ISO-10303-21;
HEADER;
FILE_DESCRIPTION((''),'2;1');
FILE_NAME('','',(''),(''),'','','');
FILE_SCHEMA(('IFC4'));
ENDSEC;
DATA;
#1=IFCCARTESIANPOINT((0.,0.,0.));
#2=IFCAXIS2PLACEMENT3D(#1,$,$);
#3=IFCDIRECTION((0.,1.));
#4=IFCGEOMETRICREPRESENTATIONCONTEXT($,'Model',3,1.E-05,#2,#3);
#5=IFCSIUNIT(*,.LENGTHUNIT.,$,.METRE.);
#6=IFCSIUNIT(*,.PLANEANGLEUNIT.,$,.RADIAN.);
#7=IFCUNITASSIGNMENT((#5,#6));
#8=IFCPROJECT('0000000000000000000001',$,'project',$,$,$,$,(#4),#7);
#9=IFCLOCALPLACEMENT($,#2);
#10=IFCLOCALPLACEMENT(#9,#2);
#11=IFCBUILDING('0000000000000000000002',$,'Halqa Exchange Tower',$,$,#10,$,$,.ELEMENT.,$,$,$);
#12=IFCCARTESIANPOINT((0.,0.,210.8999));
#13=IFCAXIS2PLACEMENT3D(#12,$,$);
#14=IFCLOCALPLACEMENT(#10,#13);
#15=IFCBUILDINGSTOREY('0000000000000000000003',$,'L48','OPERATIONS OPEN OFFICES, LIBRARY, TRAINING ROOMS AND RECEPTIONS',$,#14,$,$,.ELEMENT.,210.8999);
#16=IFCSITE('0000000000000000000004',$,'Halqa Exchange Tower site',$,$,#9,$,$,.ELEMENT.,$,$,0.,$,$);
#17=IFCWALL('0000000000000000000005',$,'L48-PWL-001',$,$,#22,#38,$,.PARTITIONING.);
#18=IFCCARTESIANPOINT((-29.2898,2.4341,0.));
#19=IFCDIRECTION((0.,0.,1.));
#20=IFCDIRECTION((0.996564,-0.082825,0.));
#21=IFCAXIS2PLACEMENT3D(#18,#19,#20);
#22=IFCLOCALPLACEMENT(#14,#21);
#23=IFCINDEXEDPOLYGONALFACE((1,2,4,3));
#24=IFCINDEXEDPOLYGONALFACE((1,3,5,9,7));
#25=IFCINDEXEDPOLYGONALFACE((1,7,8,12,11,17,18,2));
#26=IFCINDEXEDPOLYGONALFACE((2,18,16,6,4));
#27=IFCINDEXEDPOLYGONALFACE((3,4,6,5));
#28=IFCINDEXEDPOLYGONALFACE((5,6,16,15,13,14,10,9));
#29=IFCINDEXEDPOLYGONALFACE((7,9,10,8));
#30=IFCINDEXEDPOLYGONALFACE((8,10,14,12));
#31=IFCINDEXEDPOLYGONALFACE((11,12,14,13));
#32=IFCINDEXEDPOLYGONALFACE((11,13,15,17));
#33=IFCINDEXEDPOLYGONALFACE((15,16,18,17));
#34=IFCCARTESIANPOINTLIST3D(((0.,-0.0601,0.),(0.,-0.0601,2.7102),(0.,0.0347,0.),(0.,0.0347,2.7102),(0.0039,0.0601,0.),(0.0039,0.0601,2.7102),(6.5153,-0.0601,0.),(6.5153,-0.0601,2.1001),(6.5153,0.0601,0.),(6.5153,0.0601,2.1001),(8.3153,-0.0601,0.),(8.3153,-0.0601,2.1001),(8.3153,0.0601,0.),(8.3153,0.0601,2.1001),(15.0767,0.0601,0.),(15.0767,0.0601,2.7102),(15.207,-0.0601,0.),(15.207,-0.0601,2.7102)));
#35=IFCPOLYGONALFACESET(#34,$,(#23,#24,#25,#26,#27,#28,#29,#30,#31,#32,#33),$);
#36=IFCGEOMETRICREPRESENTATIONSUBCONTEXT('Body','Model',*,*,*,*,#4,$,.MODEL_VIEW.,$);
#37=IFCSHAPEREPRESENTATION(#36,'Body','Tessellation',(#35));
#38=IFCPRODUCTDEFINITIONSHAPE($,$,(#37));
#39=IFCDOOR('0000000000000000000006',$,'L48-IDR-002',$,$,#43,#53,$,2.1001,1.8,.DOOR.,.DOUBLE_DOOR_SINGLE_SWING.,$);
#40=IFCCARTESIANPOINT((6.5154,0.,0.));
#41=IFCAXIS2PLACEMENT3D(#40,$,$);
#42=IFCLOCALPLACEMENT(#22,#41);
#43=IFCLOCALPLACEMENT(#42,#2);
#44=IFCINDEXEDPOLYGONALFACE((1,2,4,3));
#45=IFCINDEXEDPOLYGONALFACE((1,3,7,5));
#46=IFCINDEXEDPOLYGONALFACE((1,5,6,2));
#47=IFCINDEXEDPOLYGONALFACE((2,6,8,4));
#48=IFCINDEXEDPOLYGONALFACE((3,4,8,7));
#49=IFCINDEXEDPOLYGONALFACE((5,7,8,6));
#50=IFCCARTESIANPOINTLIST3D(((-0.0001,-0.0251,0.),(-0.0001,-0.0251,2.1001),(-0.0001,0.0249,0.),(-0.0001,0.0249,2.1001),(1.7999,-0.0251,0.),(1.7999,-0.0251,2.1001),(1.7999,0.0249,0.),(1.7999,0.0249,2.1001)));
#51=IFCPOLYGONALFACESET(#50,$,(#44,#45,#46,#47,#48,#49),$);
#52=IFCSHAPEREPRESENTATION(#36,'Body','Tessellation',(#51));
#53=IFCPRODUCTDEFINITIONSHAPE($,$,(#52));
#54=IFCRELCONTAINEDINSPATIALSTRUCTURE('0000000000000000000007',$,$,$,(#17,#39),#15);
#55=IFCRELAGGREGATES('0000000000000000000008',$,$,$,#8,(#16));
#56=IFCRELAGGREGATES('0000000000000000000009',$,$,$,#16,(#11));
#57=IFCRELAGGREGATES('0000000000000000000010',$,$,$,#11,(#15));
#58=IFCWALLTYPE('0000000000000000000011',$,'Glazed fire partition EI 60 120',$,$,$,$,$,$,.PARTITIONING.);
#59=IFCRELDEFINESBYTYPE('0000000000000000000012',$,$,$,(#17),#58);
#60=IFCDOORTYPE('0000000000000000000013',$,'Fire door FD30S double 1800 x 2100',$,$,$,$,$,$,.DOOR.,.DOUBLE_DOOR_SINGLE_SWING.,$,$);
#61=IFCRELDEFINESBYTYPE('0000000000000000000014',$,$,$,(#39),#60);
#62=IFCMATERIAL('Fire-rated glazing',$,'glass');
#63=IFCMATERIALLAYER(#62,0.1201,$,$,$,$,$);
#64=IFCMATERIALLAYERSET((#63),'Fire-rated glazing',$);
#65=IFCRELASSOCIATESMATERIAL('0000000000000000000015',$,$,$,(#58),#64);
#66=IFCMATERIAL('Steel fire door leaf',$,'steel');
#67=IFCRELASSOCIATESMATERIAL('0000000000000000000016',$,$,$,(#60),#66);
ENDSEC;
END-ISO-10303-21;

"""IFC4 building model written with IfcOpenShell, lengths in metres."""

from ifc_helpers import new_model, si_unit, direction, frame, frame_2d, origin, place, context, subcontext, project, spatial, polyline, rectangle, outline, extrude, material, layer, layer_set, type_object, element, fill, save


model = new_model("IFC4")

# Units and contexts
model_context = context("Model", 3, precision=1e-05, world=origin(), true_north=direction((0.0, 1.0)))
body_context = subcontext(model_context, "Body", "Model", "MODEL_VIEW")
ifc_project = project(units=[si_unit("LENGTHUNIT", "METRE"), si_unit("PLANEANGLEUNIT", "RADIAN")], contexts=[model_context])

# Site, building, storey
site_placement = place(None, origin())
site = spatial("IfcSite", under=ifc_project, at=site_placement, Name="Halqa Exchange Tower site", CompositionType="ELEMENT", RefElevation=0.0)
building_placement = place(site_placement, origin())
building = spatial("IfcBuilding", under=site, at=building_placement, Name="Halqa Exchange Tower", CompositionType="ELEMENT")
storey_placement = place(building_placement, frame((0.0, 0.0, 210.8999)))
storey = spatial("IfcBuildingStorey", under=building, at=storey_placement, Name="L48", Description="OPERATIONS OPEN OFFICES, LIBRARY, TRAINING ROOMS AND RECEPTIONS", CompositionType="ELEMENT", Elevation=210.8999)

# Wall, opening, door
ifc_material_1 = material(Name="Fire-rated glazing", Category="glass")
ifc_layer_1 = layer(ifc_material_1, 0.1201)
ifc_layer_set_1 = layer_set([ifc_layer_1], Name="Fire-rated glazing")
wall_type_1 = type_object("IfcWallType", Name="Glazed fire partition EI 60 120", PredefinedType="PARTITIONING", material=ifc_layer_set_1)
wall_1_placement = place(storey_placement, frame((-29.2898, 2.4341, 0.0), z_axis=(0.0, 0.0, 1.0), x_axis=(0.996564, -0.082825, 0.0)))
wall_1 = element("IfcWall", 1, at=wall_1_placement, inside=storey, type_object=wall_type_1, Name="L48-PWL-001", PredefinedType="PARTITIONING", context=body_context, shape_type="SweptSolid", body=[
    extrude(outline(polyline([(15.207, -0.0601), (15.207, -0.0601), (15.207, -0.0601), (15.207, -0.0601), (15.1418, 0.0), (15.0767, 0.0601), (13.1924, 0.0601), (11.3083, 0.0601), (9.4243, 0.0601), (7.5403, 0.0601), (5.656, 0.0601), (3.772, 0.0601), (1.8879, 0.0601), (0.0039, 0.0601), (0.0, 0.0347), (0.0, -0.0601), (1.9009, -0.0601), (3.8018, -0.0601), (5.7026, -0.0601), (7.6035, -0.0601), (9.5044, -0.0601), (11.4053, -0.0601), (13.3062, -0.0601), (15.207, -0.0601)])), origin(), (0.0, 0.0, 1.0), 2.7102),
])
opening_1_placement = place(wall_1_placement, frame((6.5154, 0.0, 0.0)))
opening_1 = element("IfcOpeningElement", 2, at=opening_1_placement, cuts=wall_1, PredefinedType="OPENING", context=body_context, shape_type="SweptSolid", body=[
    extrude(rectangle(XDim=1.8, YDim=2.1001, at=frame_2d((0.8999, 1.05))), frame((0.0, 0.072, 0.0), z_axis=(0.0, -1.0, 0.0), x_axis=(1.0, 0.0, 0.0)), (0.0, 0.0, 1.0), 0.144),
])
ifc_material_2 = material(Name="Steel fire door leaf", Category="steel")
door_type_1 = type_object("IfcDoorType", Name="Fire door FD30S double 1800 x 2100", OperationType="DOUBLE_DOOR_SINGLE_SWING", PredefinedType="DOOR", material=ifc_material_2)
door_1_placement = place(opening_1_placement, origin())
door_1 = element("IfcDoor", 3, at=door_1_placement, inside=storey, type_object=door_type_1, Name="L48-IDR-002", OperationType="DOUBLE_DOOR_SINGLE_SWING", OverallHeight=2.1001, OverallWidth=1.8, PredefinedType="DOOR", context=body_context, shape_type="SweptSolid", body=[
    extrude(rectangle(XDim=1.8, YDim=2.1001, at=frame_2d((0.8999, 1.05))), frame((0.0, 0.0249, 0.0), z_axis=(0.0, -1.0, 0.0), x_axis=(1.0, 0.0, 0.0)), (0.0, 0.0, 1.0), 0.05),
])
fill(opening_1, door_1)

save(model, "model.ifc")
